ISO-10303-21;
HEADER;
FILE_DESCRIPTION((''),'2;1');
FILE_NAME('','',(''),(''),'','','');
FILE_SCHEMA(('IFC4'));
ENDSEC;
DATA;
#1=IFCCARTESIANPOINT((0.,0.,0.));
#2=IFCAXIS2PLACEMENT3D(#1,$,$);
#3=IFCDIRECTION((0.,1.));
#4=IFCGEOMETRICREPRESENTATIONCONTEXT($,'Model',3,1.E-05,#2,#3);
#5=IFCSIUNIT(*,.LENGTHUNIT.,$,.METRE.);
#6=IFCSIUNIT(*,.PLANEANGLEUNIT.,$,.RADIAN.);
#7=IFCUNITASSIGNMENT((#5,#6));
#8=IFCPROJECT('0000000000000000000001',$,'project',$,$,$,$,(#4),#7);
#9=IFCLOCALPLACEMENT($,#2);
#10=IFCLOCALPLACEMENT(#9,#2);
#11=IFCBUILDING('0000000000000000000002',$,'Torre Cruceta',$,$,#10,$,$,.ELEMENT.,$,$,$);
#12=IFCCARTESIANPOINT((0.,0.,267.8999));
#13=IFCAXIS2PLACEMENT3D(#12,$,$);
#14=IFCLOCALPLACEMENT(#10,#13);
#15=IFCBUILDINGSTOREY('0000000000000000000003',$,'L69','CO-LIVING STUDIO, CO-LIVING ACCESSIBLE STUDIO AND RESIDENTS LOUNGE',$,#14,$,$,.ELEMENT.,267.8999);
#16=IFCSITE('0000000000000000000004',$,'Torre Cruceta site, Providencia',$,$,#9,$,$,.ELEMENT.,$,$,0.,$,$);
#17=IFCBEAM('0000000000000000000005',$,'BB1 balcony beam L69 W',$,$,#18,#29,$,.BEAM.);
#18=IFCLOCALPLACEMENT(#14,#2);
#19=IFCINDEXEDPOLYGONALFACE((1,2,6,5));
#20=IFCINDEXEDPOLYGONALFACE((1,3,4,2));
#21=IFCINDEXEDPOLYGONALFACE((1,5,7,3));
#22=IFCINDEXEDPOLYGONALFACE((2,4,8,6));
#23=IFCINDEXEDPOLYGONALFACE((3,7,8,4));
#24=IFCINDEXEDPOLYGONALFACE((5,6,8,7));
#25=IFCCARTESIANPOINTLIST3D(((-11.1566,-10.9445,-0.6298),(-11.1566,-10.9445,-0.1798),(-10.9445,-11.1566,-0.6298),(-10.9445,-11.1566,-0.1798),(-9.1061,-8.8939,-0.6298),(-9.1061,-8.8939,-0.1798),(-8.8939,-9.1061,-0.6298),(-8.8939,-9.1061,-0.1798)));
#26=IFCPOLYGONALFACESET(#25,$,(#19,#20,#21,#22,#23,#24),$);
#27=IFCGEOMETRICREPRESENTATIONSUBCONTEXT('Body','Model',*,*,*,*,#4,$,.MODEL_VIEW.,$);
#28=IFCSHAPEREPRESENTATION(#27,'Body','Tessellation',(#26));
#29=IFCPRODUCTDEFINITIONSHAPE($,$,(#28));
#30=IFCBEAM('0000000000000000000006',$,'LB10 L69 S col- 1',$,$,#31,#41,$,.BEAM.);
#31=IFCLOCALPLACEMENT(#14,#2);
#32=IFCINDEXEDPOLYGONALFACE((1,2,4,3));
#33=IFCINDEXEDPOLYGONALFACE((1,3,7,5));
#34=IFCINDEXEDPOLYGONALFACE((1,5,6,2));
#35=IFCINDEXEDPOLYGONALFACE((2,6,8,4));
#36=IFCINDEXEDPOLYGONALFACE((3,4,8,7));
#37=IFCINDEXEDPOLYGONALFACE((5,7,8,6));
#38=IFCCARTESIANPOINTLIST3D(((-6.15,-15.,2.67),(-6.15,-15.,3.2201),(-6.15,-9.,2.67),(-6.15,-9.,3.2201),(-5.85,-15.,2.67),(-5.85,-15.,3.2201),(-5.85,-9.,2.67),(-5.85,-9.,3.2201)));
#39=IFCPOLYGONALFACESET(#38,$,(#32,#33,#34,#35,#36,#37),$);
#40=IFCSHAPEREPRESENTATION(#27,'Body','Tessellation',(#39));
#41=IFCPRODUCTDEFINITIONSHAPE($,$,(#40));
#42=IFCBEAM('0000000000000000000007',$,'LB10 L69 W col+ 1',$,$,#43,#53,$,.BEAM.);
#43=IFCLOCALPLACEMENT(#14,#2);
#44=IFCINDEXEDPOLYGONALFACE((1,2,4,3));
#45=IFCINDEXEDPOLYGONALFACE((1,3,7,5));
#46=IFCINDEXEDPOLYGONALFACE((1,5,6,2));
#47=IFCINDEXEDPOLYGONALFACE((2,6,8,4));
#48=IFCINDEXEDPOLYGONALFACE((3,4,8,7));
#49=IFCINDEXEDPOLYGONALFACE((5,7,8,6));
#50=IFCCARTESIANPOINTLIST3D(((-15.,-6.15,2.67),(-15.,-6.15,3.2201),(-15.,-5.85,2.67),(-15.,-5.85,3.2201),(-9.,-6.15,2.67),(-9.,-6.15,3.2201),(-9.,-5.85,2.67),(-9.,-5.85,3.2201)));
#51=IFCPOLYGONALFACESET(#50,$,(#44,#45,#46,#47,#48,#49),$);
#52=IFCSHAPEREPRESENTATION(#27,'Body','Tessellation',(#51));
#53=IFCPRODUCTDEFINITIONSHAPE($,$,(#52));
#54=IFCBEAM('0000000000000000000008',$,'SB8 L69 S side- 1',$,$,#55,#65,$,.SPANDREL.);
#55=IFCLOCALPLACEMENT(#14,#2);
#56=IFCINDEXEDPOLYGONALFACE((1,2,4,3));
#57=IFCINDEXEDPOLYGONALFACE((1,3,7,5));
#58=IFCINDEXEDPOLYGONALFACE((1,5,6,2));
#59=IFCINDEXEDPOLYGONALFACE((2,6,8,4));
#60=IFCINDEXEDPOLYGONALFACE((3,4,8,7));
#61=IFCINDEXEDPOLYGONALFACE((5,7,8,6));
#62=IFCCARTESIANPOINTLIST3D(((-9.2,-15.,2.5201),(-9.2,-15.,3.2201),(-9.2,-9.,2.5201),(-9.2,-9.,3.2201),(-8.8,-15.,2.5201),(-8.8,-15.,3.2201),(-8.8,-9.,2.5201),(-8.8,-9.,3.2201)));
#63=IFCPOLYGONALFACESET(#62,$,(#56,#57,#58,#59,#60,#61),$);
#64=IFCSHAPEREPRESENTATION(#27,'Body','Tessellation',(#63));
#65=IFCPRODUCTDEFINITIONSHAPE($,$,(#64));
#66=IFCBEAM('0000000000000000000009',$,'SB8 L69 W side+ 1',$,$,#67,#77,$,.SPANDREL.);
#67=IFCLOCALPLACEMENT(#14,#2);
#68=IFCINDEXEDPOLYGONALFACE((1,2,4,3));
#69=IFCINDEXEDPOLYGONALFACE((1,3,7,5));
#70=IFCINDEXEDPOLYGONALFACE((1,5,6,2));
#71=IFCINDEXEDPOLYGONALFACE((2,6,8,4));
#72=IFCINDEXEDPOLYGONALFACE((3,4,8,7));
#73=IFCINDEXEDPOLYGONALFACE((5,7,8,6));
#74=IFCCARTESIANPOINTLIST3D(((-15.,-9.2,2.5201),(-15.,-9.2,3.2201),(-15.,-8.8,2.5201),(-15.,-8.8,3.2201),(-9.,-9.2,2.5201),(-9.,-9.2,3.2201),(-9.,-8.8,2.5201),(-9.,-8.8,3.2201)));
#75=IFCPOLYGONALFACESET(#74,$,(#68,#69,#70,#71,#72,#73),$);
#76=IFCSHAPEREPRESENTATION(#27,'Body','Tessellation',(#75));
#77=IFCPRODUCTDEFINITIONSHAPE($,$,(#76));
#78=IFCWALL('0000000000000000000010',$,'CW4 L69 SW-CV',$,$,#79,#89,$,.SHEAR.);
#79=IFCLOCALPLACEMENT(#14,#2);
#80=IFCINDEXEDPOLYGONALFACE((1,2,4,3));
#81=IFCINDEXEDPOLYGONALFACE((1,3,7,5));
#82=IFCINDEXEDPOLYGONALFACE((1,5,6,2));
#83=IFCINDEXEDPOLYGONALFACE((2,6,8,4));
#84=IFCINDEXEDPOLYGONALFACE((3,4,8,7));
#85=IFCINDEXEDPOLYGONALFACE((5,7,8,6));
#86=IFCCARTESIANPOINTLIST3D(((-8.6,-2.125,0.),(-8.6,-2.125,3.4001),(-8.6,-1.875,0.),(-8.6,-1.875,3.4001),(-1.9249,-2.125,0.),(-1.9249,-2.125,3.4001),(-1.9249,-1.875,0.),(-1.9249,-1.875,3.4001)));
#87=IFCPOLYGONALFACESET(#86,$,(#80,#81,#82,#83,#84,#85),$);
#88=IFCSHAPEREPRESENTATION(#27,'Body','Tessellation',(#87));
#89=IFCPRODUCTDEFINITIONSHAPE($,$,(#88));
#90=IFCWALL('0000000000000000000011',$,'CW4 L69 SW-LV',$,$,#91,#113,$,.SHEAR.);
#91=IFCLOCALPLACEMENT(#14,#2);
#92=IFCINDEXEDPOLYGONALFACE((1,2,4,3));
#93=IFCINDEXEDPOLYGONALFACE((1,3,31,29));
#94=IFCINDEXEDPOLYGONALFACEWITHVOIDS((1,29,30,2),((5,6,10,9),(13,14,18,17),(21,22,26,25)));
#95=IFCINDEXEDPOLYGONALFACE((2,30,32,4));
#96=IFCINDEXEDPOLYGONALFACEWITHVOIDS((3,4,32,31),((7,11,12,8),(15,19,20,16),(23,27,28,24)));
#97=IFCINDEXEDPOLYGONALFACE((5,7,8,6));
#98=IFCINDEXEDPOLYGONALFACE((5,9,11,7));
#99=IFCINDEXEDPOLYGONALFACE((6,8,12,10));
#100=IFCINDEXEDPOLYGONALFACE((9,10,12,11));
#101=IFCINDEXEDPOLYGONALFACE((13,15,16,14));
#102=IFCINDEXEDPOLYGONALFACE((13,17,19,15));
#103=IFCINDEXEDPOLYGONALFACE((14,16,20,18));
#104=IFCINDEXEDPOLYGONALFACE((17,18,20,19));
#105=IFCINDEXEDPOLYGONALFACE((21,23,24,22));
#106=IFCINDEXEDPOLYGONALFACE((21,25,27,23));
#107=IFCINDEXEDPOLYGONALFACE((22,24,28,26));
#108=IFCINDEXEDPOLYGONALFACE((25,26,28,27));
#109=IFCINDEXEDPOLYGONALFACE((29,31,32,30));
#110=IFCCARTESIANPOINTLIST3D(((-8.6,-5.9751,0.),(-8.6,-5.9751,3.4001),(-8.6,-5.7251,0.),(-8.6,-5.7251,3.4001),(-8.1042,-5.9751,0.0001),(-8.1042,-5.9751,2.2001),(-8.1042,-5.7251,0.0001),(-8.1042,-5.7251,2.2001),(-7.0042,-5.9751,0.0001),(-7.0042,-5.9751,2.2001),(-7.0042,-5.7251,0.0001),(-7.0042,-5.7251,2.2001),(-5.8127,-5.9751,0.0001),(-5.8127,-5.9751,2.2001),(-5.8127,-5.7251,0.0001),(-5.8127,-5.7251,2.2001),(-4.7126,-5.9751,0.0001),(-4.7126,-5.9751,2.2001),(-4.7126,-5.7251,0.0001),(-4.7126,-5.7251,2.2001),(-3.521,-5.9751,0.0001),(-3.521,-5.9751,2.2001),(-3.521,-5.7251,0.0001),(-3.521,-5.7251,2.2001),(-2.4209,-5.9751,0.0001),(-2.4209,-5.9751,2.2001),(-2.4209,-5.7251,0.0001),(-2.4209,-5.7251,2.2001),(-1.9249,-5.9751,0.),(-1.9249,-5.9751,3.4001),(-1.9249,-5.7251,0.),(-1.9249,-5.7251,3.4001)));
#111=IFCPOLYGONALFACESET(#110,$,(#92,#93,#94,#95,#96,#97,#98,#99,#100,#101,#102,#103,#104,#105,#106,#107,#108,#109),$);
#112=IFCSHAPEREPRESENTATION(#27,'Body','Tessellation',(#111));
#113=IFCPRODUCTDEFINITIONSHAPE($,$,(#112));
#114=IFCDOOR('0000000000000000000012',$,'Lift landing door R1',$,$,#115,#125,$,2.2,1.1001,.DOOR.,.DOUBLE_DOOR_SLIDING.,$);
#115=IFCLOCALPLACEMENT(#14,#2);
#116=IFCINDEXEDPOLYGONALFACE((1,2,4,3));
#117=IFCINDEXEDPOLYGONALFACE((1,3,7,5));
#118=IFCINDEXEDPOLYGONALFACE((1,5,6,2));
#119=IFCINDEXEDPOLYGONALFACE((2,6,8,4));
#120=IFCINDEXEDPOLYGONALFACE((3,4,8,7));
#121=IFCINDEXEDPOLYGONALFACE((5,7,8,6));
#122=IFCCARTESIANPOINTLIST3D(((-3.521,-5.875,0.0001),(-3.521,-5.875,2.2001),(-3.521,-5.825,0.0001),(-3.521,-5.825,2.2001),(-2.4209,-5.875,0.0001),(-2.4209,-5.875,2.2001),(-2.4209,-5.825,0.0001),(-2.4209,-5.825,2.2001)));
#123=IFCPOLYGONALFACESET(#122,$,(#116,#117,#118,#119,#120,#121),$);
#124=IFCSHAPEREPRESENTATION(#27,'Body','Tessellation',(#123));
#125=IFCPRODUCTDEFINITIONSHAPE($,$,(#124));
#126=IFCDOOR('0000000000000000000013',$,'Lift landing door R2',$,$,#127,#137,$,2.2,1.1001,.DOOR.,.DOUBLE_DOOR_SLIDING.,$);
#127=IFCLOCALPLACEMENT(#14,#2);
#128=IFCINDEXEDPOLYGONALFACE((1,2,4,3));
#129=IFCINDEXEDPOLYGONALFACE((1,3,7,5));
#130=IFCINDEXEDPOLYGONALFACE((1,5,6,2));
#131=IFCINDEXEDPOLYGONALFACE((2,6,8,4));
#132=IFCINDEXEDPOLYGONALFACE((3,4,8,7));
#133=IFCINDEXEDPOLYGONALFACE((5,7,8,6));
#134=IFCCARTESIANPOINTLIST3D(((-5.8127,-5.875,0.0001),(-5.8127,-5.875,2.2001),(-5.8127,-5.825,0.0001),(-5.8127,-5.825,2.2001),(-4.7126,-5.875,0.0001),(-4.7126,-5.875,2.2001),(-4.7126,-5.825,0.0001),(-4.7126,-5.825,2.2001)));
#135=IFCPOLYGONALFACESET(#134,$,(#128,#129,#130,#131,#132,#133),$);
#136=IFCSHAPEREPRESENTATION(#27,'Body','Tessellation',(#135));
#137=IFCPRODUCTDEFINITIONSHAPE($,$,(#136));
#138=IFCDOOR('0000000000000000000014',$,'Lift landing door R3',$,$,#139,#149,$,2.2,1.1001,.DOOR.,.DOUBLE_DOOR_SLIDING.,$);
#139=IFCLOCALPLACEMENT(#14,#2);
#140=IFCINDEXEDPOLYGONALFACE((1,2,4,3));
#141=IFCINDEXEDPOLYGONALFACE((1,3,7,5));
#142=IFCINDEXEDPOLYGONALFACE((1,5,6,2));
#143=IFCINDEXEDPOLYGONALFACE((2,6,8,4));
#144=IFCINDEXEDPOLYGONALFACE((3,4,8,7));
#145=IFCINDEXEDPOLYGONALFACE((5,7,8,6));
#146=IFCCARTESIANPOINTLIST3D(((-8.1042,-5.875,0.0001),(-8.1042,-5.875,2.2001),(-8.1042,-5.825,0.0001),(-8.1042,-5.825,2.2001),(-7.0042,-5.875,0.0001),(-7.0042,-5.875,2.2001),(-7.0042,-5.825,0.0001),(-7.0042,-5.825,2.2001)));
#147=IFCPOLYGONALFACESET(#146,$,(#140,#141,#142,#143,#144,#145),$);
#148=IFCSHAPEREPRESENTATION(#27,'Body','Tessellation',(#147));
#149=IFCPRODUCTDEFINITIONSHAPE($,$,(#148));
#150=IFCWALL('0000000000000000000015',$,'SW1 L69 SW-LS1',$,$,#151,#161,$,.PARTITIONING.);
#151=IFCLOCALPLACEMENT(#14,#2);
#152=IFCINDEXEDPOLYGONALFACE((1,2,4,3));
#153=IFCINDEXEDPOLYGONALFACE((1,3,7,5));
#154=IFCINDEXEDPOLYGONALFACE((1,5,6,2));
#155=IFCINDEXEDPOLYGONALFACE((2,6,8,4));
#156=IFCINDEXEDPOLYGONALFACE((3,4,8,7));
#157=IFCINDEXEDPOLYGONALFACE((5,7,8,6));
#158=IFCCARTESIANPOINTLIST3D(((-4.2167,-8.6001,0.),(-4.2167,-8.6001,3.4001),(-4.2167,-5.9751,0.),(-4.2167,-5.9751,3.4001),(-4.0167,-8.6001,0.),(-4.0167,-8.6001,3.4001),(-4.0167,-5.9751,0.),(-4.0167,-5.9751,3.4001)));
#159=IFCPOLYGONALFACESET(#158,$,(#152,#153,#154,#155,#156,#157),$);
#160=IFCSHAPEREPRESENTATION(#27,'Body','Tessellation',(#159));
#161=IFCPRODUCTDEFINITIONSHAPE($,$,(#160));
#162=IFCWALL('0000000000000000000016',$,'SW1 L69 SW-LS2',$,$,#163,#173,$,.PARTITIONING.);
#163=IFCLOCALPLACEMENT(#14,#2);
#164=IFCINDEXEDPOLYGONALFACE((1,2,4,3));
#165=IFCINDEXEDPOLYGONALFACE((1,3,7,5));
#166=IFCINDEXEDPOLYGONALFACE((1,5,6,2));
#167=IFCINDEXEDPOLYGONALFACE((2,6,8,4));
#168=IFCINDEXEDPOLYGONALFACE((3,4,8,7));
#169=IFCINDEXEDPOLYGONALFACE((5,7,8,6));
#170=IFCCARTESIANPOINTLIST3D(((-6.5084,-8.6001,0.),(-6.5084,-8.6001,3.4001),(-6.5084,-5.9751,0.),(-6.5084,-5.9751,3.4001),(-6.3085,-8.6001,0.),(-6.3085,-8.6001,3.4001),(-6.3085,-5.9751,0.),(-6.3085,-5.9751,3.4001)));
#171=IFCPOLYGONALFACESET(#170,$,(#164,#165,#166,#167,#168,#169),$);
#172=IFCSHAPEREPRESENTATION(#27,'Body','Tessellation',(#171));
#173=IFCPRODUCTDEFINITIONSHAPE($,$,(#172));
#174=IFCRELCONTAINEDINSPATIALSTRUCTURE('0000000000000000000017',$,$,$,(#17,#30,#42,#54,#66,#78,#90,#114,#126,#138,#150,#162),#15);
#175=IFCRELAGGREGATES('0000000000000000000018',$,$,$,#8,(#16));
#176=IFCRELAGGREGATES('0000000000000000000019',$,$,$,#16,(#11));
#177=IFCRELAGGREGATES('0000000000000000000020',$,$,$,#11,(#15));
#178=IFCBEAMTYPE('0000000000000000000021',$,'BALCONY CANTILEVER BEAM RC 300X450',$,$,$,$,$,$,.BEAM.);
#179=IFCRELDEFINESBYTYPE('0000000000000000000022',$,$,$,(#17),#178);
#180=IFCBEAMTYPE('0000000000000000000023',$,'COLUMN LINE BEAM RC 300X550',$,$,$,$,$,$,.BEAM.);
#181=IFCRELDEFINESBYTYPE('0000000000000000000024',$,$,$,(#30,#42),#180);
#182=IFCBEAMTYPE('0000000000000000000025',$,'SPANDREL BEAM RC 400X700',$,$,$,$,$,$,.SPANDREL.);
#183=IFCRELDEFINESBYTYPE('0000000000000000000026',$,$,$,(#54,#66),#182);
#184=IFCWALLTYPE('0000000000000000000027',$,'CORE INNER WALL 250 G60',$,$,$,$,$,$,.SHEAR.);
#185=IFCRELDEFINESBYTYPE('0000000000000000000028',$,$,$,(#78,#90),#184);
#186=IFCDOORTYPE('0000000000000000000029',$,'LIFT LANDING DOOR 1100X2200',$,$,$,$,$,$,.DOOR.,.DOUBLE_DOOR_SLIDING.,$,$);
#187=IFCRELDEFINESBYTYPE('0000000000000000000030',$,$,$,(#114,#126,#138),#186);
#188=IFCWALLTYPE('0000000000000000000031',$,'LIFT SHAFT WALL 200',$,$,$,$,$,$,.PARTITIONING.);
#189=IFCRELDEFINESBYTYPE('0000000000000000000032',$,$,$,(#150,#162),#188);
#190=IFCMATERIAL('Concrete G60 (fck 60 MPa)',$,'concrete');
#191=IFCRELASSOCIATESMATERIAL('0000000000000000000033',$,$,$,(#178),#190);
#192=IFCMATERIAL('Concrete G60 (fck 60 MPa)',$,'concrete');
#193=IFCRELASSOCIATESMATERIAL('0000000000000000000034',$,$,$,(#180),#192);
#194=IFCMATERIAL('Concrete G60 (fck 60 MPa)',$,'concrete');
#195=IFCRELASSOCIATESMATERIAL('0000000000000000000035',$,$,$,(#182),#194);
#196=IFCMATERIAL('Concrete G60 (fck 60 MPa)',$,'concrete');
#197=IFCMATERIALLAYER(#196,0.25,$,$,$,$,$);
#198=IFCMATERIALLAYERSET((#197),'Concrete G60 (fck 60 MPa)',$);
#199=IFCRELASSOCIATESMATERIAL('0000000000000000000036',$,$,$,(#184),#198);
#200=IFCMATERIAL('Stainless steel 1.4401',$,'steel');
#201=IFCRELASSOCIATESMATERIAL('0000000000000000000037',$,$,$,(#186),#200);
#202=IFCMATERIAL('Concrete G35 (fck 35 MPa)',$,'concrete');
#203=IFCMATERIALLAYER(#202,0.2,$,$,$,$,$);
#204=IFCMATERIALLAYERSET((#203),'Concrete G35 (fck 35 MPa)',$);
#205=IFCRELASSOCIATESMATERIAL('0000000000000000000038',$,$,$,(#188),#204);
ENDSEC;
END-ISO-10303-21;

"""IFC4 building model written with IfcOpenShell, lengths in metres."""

from ifc_helpers import new_model, si_unit, direction, frame, frame_2d, origin, origin_2d, place, context, subcontext, project, spatial, rectangle, extrude, material, layer, layer_set, material_profile, profile_set, type_object, element, fill, save


model = new_model("IFC4")

# Units and contexts
model_context = context("Model", 3, precision=1e-05, world=origin(), true_north=direction((0.0, 1.0)))
body_context = subcontext(model_context, "Body", "Model", "MODEL_VIEW")
ifc_project = project(units=[si_unit("LENGTHUNIT", "METRE"), si_unit("PLANEANGLEUNIT", "RADIAN")], contexts=[model_context])

# Site, building, storey
site_placement = place(None, origin())
site = spatial("IfcSite", under=ifc_project, at=site_placement, Name="Torre Cruceta site, Providencia", CompositionType="ELEMENT", RefElevation=0.0)
building_placement = place(site_placement, origin())
building = spatial("IfcBuilding", under=site, at=building_placement, Name="Torre Cruceta", CompositionType="ELEMENT")
storey_placement = place(building_placement, frame((0.0, 0.0, 267.8999)))
storey = spatial("IfcBuildingStorey", under=building, at=storey_placement, Name="L69", Description="CO-LIVING STUDIO, CO-LIVING ACCESSIBLE STUDIO AND RESIDENTS LOUNGE", CompositionType="ELEMENT", Elevation=267.8999)

# Beams
ifc_material_1 = material(Name="Concrete G60 (fck 60 MPa)", Category="concrete")
ifc_material_profile_1 = material_profile(ifc_material_1, rectangle(XDim=0.3, YDim=0.45, at=origin_2d()), Name="RC 300X450")
ifc_profile_set_1 = profile_set([ifc_material_profile_1], Name="Concrete G60 (fck 60 MPa)")
beam_type_1 = type_object("IfcBeamType", Name="BALCONY CANTILEVER BEAM RC 300X450", PredefinedType="BEAM", material=ifc_profile_set_1)
beam_placement = place(storey_placement, frame((-9.0, -9.0, -0.4048), z_axis=(-0.707107, -0.707107, 0.0), x_axis=(0.707107, -0.707107, 0.0)))
element("IfcBeam", 1, at=beam_placement, inside=storey, type_object=beam_type_1, Name="BB1 balcony beam L69 W", PredefinedType="BEAM", context=body_context, shape_type="SweptSolid", body=[
    extrude(rectangle(XDim=0.3, YDim=0.45, at=origin_2d()), origin(), (0.0, 0.0, 1.0), 2.8999),
])
ifc_material_2 = material(Name="Concrete G60 (fck 60 MPa)", Category="concrete")
ifc_material_profile_2 = material_profile(ifc_material_2, rectangle(XDim=0.3, YDim=0.55, at=origin_2d()), Name="RC 300X550")
ifc_profile_set_2 = profile_set([ifc_material_profile_2], Name="Concrete G60 (fck 60 MPa)")
beam_type_2 = type_object("IfcBeamType", Name="COLUMN LINE BEAM RC 300X550", PredefinedType="BEAM", material=ifc_profile_set_2)
for number, where, z_axis, x_axis, name in (
    (2, (-6.0, -9.0, 2.9451), (0.0, -1.0, 0.0), (1.0, 0.0, 0.0), "LB10 L69 S col- 1"),
    (3, (-9.0, -6.0, 2.9451), (-1.0, 0.0, 0.0), (0.0, -1.0, 0.0), "LB10 L69 W col+ 1"),
):
    element("IfcBeam", number, at=place(storey_placement, frame(where, z_axis=z_axis, x_axis=x_axis)), inside=storey, type_object=beam_type_2, Name=name, PredefinedType="BEAM", context=body_context, shape_type="SweptSolid", body=[
        extrude(rectangle(XDim=0.3, YDim=0.55, at=origin_2d()), origin(), (0.0, 0.0, 1.0), 6.0),
    ])
ifc_material_3 = material(Name="Concrete G60 (fck 60 MPa)", Category="concrete")
ifc_material_profile_3 = material_profile(ifc_material_3, rectangle(XDim=0.3999, YDim=0.7, at=origin_2d()), Name="RC 400X700")
ifc_profile_set_3 = profile_set([ifc_material_profile_3], Name="Concrete G60 (fck 60 MPa)")
beam_type_3 = type_object("IfcBeamType", Name="SPANDREL BEAM RC 400X700", PredefinedType="SPANDREL", material=ifc_profile_set_3)
for number, where, z_axis, x_axis, name in (
    (4, (-9.0, -9.0, 2.8701), (0.0, -1.0, 0.0), (1.0, 0.0, 0.0), "SB8 L69 S side- 1"),
    (5, (-9.0, -9.0, 2.8701), (-1.0, 0.0, 0.0), (0.0, -1.0, 0.0), "SB8 L69 W side+ 1"),
):
    element("IfcBeam", number, at=place(storey_placement, frame(where, z_axis=z_axis, x_axis=x_axis)), inside=storey, type_object=beam_type_3, Name=name, PredefinedType="SPANDREL", context=body_context, shape_type="SweptSolid", body=[
        extrude(rectangle(XDim=0.3999, YDim=0.7, at=origin_2d()), origin(), (0.0, 0.0, 1.0), 6.0),
    ])

# Shared definitions
ifc_material_4 = material(Name="Concrete G60 (fck 60 MPa)", Category="concrete")
ifc_layer_1 = layer(ifc_material_4, 0.25)
ifc_layer_set_1 = layer_set([ifc_layer_1], Name="Concrete G60 (fck 60 MPa)")
wall_type_1 = type_object("IfcWallType", Name="CORE INNER WALL 250 G60", PredefinedType="SHEAR", material=ifc_layer_set_1)

# Wall
wall_1_placement = place(storey_placement, frame((-1.925, -2.0, 0.0), z_axis=(0.0, 0.0, 1.0), x_axis=(-1.0, 0.0, 0.0)))
element("IfcWall", 6, at=wall_1_placement, inside=storey, type_object=wall_type_1, Name="CW4 L69 SW-CV", PredefinedType="SHEAR", context=body_context, shape_type="SweptSolid", body=[
    extrude(rectangle(XDim=6.675, YDim=0.25, at=frame_2d((3.3374, 0.0))), origin(), (0.0, 0.0, 1.0), 3.4001),
])

# Wall, openings, doors
wall_2_placement = place(storey_placement, frame((-1.925, -5.8501, 0.0), z_axis=(0.0, 0.0, 1.0), x_axis=(-1.0, 0.0, 0.0)))
wall_2 = element("IfcWall", 7, at=wall_2_placement, inside=storey, type_object=wall_type_1, Name="CW4 L69 SW-LV", PredefinedType="SHEAR", context=body_context, shape_type="SweptSolid", body=[
    extrude(rectangle(XDim=6.675, YDim=0.25, at=frame_2d((3.3374, 0.0))), origin(), (0.0, 0.0, 1.0), 3.4001),
])
opening_1_placement = place(wall_2_placement, frame((0.4958, 0.0, 0.0)))
opening_1 = element("IfcOpeningElement", 8, at=opening_1_placement, cuts=wall_2, PredefinedType="OPENING", context=body_context, shape_type="SweptSolid", body=[
    extrude(rectangle(XDim=1.1001, YDim=2.2, at=frame_2d((0.55, 1.1001))), frame((0.0, 0.135, 0.0), z_axis=(0.0, -1.0, 0.0), x_axis=(1.0, 0.0, 0.0)), (0.0, 0.0, 1.0), 0.27),
])
opening_2_placement = place(wall_2_placement, frame((2.7876, 0.0, 0.0)))
opening_2 = element("IfcOpeningElement", 9, at=opening_2_placement, cuts=wall_2, PredefinedType="OPENING", context=body_context, shape_type="SweptSolid", body=[
    extrude(rectangle(XDim=1.1001, YDim=2.2, at=frame_2d((0.55, 1.1001))), frame((0.0, 0.135, 0.0), z_axis=(0.0, -1.0, 0.0), x_axis=(1.0, 0.0, 0.0)), (0.0, 0.0, 1.0), 0.27),
])
opening_3_placement = place(wall_2_placement, frame((5.0791, 0.0, 0.0)))
opening_3 = element("IfcOpeningElement", 10, at=opening_3_placement, cuts=wall_2, PredefinedType="OPENING", context=body_context, shape_type="SweptSolid", body=[
    extrude(rectangle(XDim=1.1001, YDim=2.2, at=frame_2d((0.55, 1.1001))), frame((0.0, 0.135, 0.0), z_axis=(0.0, -1.0, 0.0), x_axis=(1.0, 0.0, 0.0)), (0.0, 0.0, 1.0), 0.27),
])
ifc_material_5 = material(Name="Stainless steel 1.4401", Category="steel")
door_type_1 = type_object("IfcDoorType", Name="LIFT LANDING DOOR 1100X2200", OperationType="DOUBLE_DOOR_SLIDING", PredefinedType="DOOR", material=ifc_material_5)
door_1_placement = place(opening_1_placement, origin())
door_1 = element("IfcDoor", 11, at=door_1_placement, inside=storey, type_object=door_type_1, Name="Lift landing door R1", OperationType="DOUBLE_DOOR_SLIDING", OverallHeight=2.2, OverallWidth=1.1001, PredefinedType="DOOR", context=body_context, shape_type="SweptSolid", body=[
    extrude(rectangle(XDim=1.1001, YDim=2.2, at=frame_2d((0.55, 1.1001))), frame((0.0, 0.0249, 0.0), z_axis=(0.0, -1.0, 0.0), x_axis=(1.0, 0.0, 0.0)), (0.0, 0.0, 1.0), 0.05),
])
fill(opening_1, door_1)
door_2_placement = place(opening_2_placement, origin())
door_2 = element("IfcDoor", 12, at=door_2_placement, inside=storey, type_object=door_type_1, Name="Lift landing door R2", OperationType="DOUBLE_DOOR_SLIDING", OverallHeight=2.2, OverallWidth=1.1001, PredefinedType="DOOR", context=body_context, shape_type="SweptSolid", body=[
    extrude(rectangle(XDim=1.1001, YDim=2.2, at=frame_2d((0.55, 1.1001))), frame((0.0, 0.0249, 0.0), z_axis=(0.0, -1.0, 0.0), x_axis=(1.0, 0.0, 0.0)), (0.0, 0.0, 1.0), 0.05),
])
fill(opening_2, door_2)
door_3_placement = place(opening_3_placement, origin())
door_3 = element("IfcDoor", 13, at=door_3_placement, inside=storey, type_object=door_type_1, Name="Lift landing door R3", OperationType="DOUBLE_DOOR_SLIDING", OverallHeight=2.2, OverallWidth=1.1001, PredefinedType="DOOR", context=body_context, shape_type="SweptSolid", body=[
    extrude(rectangle(XDim=1.1001, YDim=2.2, at=frame_2d((0.55, 1.1001))), frame((0.0, 0.0249, 0.0), z_axis=(0.0, -1.0, 0.0), x_axis=(1.0, 0.0, 0.0)), (0.0, 0.0, 1.0), 0.05),
])
fill(opening_3, door_3)

# Walls
ifc_material_6 = material(Name="Concrete G35 (fck 35 MPa)", Category="concrete")
ifc_layer_2 = layer(ifc_material_6, 0.2)
ifc_layer_set_2 = layer_set([ifc_layer_2], Name="Concrete G35 (fck 35 MPa)")
wall_type_2 = type_object("IfcWallType", Name="LIFT SHAFT WALL 200", PredefinedType="PARTITIONING", material=ifc_layer_set_2)
for number, where, z_axis, x_axis, name in (
    (14, (-4.1167, -5.9751, 0.0), (0.0, 0.0, 1.0), (0.0, -1.0, 0.0), "SW1 L69 SW-LS1"),
    (15, (-6.4084, -5.9751, 0.0), (0.0, 0.0, 1.0), (0.0, -1.0, 0.0), "SW1 L69 SW-LS2"),
):
    element("IfcWall", number, at=place(storey_placement, frame(where, z_axis=z_axis, x_axis=x_axis)), inside=storey, type_object=wall_type_2, Name=name, PredefinedType="PARTITIONING", context=body_context, shape_type="SweptSolid", body=[
        extrude(rectangle(XDim=2.625, YDim=0.2, at=frame_2d((1.3125, 0.0))), origin(), (0.0, 0.0, 1.0), 3.4001),
    ])

save(model, "model.ifc")
